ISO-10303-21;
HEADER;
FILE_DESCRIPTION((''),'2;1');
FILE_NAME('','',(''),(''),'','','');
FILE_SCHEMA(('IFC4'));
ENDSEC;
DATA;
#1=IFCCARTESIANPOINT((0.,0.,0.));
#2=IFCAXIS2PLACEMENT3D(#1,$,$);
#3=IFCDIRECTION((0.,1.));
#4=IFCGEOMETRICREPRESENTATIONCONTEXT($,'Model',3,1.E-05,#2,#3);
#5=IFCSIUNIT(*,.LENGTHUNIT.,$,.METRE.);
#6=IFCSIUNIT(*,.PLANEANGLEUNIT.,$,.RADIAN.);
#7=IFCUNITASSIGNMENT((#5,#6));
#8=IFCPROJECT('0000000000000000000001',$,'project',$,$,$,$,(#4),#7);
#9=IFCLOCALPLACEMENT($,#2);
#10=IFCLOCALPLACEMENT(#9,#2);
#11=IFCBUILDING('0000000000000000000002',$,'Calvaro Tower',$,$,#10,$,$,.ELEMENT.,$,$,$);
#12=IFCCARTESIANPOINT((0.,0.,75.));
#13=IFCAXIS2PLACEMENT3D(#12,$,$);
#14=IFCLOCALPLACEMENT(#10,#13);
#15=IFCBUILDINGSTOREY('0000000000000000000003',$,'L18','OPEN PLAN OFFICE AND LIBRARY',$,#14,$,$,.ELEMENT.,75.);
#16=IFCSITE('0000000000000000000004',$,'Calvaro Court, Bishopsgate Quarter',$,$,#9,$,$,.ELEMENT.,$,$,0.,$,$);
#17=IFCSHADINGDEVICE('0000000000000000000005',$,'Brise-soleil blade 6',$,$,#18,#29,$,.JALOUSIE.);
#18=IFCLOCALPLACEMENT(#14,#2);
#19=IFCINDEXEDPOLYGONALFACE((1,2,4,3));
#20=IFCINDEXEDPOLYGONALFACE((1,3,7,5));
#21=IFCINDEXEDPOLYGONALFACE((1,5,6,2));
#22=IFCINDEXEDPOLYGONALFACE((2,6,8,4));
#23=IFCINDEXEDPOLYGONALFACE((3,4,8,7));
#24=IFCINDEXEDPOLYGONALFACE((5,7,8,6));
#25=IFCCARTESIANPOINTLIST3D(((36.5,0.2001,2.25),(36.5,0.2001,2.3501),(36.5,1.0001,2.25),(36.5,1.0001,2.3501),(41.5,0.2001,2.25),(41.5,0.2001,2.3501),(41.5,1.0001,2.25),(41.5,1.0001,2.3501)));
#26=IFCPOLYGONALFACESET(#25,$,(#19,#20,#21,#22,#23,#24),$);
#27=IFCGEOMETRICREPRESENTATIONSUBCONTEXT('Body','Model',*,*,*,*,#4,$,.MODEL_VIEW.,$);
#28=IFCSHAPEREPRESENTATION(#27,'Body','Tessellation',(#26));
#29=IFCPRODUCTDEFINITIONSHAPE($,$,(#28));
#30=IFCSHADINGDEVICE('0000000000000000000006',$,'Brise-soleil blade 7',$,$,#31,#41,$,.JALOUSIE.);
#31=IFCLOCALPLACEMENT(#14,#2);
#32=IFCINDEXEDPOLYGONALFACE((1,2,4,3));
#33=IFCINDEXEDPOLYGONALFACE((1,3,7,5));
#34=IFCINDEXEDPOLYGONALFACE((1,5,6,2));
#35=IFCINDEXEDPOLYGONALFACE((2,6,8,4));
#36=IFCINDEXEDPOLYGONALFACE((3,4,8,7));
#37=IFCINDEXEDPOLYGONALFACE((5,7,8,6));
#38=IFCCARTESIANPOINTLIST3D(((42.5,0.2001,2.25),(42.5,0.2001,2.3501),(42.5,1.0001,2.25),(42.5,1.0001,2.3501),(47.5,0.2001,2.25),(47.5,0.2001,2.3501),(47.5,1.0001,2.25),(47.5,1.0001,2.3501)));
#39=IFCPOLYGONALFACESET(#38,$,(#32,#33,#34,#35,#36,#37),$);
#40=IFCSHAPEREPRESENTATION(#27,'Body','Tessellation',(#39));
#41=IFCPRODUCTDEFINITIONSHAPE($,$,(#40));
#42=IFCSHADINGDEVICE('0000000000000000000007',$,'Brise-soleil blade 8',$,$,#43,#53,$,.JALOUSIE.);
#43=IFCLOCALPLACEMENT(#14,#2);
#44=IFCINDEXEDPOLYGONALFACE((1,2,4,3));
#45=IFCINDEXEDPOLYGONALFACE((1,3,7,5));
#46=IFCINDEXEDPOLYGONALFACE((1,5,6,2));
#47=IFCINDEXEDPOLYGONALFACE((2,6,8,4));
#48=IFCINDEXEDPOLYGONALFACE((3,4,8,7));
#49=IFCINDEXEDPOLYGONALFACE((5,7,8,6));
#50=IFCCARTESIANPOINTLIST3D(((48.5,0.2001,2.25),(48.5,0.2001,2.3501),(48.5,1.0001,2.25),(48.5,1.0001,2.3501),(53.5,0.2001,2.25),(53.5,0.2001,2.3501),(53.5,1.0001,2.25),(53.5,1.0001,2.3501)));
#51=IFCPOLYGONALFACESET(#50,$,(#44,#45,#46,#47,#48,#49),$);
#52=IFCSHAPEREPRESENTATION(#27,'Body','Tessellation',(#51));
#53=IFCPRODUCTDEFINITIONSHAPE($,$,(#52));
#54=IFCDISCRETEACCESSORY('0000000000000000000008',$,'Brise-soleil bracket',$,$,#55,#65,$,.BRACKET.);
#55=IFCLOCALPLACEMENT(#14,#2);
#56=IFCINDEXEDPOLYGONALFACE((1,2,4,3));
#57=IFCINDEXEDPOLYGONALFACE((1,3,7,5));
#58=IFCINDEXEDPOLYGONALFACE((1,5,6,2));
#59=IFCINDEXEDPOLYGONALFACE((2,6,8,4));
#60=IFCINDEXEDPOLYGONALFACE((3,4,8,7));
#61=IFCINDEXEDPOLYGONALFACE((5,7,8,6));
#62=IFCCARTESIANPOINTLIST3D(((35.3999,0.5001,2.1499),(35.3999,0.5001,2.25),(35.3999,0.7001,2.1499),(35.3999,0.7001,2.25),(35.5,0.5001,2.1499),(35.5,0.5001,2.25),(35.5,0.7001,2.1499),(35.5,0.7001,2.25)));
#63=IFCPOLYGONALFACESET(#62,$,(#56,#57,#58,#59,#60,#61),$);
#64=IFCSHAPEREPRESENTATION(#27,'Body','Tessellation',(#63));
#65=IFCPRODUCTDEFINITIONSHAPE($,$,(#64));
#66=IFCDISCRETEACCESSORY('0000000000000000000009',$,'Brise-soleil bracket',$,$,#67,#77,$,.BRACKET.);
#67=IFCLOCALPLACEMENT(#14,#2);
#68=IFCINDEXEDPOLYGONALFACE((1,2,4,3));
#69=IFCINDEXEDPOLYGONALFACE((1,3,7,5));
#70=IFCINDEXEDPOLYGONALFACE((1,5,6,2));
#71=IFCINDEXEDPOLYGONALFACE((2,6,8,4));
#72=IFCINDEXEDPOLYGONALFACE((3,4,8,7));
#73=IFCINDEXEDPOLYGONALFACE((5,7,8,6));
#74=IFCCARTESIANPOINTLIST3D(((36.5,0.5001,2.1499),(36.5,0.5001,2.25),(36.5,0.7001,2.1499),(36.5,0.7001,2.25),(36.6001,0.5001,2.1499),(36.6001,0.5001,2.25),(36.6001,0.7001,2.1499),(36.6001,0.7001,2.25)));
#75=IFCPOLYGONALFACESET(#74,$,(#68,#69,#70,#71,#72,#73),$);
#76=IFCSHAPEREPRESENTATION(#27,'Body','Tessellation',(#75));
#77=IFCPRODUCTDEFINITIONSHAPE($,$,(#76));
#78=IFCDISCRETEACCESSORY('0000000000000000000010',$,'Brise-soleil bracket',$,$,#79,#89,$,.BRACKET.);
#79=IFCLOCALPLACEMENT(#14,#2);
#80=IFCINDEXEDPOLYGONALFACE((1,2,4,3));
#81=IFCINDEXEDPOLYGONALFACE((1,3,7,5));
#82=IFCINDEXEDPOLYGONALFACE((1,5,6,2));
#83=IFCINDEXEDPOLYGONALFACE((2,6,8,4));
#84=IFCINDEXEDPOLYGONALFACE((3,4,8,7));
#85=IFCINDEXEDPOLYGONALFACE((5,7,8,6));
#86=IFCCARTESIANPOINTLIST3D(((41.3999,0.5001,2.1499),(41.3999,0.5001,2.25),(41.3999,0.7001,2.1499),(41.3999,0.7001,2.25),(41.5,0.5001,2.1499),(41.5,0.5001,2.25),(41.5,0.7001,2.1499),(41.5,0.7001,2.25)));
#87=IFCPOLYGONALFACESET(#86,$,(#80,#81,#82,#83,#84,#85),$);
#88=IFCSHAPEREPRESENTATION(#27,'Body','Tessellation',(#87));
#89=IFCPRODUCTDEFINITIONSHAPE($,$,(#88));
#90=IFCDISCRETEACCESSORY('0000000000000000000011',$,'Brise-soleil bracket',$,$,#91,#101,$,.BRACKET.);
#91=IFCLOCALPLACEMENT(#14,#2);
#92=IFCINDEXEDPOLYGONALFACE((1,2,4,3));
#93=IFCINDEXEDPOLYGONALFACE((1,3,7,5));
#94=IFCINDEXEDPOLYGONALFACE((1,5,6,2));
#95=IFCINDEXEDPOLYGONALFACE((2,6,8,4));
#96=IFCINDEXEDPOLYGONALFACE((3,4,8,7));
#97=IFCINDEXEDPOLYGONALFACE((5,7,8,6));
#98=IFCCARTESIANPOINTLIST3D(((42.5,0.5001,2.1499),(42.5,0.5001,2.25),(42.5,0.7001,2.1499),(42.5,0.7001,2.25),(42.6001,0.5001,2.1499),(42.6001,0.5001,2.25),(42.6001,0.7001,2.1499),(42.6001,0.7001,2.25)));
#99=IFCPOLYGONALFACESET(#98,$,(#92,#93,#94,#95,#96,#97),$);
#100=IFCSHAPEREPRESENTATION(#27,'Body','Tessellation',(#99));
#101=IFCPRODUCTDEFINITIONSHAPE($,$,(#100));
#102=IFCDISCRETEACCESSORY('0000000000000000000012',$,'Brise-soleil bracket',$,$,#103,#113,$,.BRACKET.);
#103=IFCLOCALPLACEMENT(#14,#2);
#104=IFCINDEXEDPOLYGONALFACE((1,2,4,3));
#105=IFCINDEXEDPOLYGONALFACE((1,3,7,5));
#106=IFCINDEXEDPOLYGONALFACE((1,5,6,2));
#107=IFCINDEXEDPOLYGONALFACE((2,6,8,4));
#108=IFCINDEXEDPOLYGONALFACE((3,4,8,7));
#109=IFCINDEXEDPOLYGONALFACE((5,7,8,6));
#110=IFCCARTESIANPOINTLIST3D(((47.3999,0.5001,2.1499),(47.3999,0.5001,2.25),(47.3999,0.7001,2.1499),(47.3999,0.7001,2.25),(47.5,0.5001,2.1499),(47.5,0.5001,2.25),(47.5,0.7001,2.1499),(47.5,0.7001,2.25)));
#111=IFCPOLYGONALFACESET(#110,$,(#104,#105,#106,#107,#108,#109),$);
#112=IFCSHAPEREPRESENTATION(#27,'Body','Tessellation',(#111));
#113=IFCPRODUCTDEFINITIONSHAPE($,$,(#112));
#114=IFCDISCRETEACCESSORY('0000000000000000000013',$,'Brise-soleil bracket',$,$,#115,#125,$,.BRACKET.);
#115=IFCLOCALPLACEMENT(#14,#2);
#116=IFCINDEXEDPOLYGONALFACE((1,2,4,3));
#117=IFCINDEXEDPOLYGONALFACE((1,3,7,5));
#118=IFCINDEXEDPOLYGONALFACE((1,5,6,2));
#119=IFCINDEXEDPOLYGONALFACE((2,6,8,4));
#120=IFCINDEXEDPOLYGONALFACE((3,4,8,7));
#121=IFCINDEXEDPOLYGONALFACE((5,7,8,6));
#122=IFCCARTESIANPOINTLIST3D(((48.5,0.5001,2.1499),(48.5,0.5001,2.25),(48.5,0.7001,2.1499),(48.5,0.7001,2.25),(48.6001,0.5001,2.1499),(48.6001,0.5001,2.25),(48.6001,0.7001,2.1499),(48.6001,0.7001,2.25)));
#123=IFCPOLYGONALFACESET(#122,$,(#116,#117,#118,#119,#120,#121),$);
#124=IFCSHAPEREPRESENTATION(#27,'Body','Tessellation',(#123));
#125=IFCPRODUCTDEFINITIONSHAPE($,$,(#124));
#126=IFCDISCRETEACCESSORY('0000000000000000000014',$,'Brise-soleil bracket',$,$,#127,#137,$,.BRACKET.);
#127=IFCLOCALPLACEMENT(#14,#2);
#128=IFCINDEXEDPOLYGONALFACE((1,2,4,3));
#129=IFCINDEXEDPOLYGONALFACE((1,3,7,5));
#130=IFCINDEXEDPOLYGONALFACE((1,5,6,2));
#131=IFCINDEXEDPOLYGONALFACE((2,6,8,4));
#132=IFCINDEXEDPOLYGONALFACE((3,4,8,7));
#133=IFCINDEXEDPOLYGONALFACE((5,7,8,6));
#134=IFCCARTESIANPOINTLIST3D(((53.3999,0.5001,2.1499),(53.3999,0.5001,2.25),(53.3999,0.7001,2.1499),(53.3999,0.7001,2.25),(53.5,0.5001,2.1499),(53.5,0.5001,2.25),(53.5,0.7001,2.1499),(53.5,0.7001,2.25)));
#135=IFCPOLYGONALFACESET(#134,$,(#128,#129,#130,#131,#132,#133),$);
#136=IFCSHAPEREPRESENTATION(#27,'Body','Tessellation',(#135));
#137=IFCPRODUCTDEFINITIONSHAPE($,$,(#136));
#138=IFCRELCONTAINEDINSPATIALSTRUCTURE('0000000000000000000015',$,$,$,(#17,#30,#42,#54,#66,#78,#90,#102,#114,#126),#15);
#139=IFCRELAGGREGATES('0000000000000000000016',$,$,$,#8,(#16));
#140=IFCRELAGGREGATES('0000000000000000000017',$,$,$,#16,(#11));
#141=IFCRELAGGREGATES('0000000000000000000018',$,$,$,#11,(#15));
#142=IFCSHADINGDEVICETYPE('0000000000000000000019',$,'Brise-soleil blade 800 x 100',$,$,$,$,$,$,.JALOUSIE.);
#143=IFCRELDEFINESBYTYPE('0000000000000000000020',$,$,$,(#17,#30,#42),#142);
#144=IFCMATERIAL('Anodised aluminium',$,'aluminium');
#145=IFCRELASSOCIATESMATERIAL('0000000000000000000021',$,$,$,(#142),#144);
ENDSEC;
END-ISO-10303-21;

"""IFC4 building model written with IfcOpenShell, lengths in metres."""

from ifc_helpers import new_model, si_unit, direction, frame, origin, origin_2d, place, context, subcontext, project, spatial, rectangle, extrude, material, material_profile, profile_set, type_object, element, save


model = new_model("IFC4")

# Units and contexts
model_context = context("Model", 3, precision=1e-05, world=origin(), true_north=direction((0.0, 1.0)))
body_context = subcontext(model_context, "Body", "Model", "MODEL_VIEW")
ifc_project = project(units=[si_unit("LENGTHUNIT", "METRE"), si_unit("PLANEANGLEUNIT", "RADIAN")], contexts=[model_context])

# Site, building, storey
site_placement = place(None, origin())
site = spatial("IfcSite", under=ifc_project, at=site_placement, Name="Calvaro Court, Bishopsgate Quarter", CompositionType="ELEMENT", RefElevation=0.0)
building_placement = place(site_placement, origin())
building = spatial("IfcBuilding", under=site, at=building_placement, Name="Calvaro Tower", CompositionType="ELEMENT")
storey_placement = place(building_placement, frame((0.0, 0.0, 75.0)))
storey = spatial("IfcBuildingStorey", under=building, at=storey_placement, Name="L18", Description="OPEN PLAN OFFICE AND LIBRARY", CompositionType="ELEMENT", Elevation=75.0)

# Shading devices
ifc_material_1 = material(Name="Anodised aluminium", Category="aluminium")
ifc_material_profile_1 = material_profile(ifc_material_1, rectangle(XDim=0.8, YDim=0.1001, at=origin_2d()), Name="Brise-soleil blade 800 x 100")
ifc_profile_set_1 = profile_set([ifc_material_profile_1], Name="Anodised aluminium")
shading_device_type = type_object("IfcShadingDeviceType", Name="Brise-soleil blade 800 x 100", PredefinedType="JALOUSIE", material=ifc_profile_set_1)
for number, where, z_axis, x_axis, name in (
    (1, (36.5, 0.6001, 2.3), (1.0, 0.0, 0.0), (0.0, 1.0, 0.0), "Brise-soleil blade 6"),
    (2, (42.5, 0.6001, 2.3), (1.0, 0.0, 0.0), (0.0, 1.0, 0.0), "Brise-soleil blade 7"),
    (3, (48.5, 0.6001, 2.3), (1.0, 0.0, 0.0), (0.0, 1.0, 0.0), "Brise-soleil blade 8"),
):
    element("IfcShadingDevice", number, at=place(storey_placement, frame(where, z_axis=z_axis, x_axis=x_axis)), inside=storey, type_object=shading_device_type, Name=name, PredefinedType="JALOUSIE", context=body_context, shape_type="SweptSolid", body=[
        extrude(rectangle(XDim=0.8, YDim=0.1001, at=origin_2d()), origin(), (0.0, 0.0, 1.0), 5.0),
    ])

# Discrete accessories
for number, where, z_axis, x_axis, name in (
    (4, (35.45, 0.6001, 2.1499), (0.0, 0.0, 1.0), (1.0, 0.0, 0.0), "Brise-soleil bracket"),
    (5, (36.55, 0.6001, 2.1499), (0.0, 0.0, 1.0), (1.0, 0.0, 0.0), "Brise-soleil bracket"),
    (6, (41.45, 0.6001, 2.1499), (0.0, 0.0, 1.0), (1.0, 0.0, 0.0), "Brise-soleil bracket"),
    (7, (42.55, 0.6001, 2.1499), (0.0, 0.0, 1.0), (1.0, 0.0, 0.0), "Brise-soleil bracket"),
    (8, (47.45, 0.6001, 2.1499), (0.0, 0.0, 1.0), (1.0, 0.0, 0.0), "Brise-soleil bracket"),
    (9, (48.55, 0.6001, 2.1499), (0.0, 0.0, 1.0), (1.0, 0.0, 0.0), "Brise-soleil bracket"),
    (10, (53.45, 0.6001, 2.1499), (0.0, 0.0, 1.0), (1.0, 0.0, 0.0), "Brise-soleil bracket"),
):
    element("IfcDiscreteAccessory", number, at=place(storey_placement, frame(where, z_axis=z_axis, x_axis=x_axis)), inside=storey, Name=name, PredefinedType="BRACKET", context=body_context, shape_type="SweptSolid", body=[
        extrude(rectangle(XDim=0.1001, YDim=0.2, at=origin_2d()), origin(), (0.0, 0.0, 1.0), 0.1001),
    ])

save(model, "model.ifc")
